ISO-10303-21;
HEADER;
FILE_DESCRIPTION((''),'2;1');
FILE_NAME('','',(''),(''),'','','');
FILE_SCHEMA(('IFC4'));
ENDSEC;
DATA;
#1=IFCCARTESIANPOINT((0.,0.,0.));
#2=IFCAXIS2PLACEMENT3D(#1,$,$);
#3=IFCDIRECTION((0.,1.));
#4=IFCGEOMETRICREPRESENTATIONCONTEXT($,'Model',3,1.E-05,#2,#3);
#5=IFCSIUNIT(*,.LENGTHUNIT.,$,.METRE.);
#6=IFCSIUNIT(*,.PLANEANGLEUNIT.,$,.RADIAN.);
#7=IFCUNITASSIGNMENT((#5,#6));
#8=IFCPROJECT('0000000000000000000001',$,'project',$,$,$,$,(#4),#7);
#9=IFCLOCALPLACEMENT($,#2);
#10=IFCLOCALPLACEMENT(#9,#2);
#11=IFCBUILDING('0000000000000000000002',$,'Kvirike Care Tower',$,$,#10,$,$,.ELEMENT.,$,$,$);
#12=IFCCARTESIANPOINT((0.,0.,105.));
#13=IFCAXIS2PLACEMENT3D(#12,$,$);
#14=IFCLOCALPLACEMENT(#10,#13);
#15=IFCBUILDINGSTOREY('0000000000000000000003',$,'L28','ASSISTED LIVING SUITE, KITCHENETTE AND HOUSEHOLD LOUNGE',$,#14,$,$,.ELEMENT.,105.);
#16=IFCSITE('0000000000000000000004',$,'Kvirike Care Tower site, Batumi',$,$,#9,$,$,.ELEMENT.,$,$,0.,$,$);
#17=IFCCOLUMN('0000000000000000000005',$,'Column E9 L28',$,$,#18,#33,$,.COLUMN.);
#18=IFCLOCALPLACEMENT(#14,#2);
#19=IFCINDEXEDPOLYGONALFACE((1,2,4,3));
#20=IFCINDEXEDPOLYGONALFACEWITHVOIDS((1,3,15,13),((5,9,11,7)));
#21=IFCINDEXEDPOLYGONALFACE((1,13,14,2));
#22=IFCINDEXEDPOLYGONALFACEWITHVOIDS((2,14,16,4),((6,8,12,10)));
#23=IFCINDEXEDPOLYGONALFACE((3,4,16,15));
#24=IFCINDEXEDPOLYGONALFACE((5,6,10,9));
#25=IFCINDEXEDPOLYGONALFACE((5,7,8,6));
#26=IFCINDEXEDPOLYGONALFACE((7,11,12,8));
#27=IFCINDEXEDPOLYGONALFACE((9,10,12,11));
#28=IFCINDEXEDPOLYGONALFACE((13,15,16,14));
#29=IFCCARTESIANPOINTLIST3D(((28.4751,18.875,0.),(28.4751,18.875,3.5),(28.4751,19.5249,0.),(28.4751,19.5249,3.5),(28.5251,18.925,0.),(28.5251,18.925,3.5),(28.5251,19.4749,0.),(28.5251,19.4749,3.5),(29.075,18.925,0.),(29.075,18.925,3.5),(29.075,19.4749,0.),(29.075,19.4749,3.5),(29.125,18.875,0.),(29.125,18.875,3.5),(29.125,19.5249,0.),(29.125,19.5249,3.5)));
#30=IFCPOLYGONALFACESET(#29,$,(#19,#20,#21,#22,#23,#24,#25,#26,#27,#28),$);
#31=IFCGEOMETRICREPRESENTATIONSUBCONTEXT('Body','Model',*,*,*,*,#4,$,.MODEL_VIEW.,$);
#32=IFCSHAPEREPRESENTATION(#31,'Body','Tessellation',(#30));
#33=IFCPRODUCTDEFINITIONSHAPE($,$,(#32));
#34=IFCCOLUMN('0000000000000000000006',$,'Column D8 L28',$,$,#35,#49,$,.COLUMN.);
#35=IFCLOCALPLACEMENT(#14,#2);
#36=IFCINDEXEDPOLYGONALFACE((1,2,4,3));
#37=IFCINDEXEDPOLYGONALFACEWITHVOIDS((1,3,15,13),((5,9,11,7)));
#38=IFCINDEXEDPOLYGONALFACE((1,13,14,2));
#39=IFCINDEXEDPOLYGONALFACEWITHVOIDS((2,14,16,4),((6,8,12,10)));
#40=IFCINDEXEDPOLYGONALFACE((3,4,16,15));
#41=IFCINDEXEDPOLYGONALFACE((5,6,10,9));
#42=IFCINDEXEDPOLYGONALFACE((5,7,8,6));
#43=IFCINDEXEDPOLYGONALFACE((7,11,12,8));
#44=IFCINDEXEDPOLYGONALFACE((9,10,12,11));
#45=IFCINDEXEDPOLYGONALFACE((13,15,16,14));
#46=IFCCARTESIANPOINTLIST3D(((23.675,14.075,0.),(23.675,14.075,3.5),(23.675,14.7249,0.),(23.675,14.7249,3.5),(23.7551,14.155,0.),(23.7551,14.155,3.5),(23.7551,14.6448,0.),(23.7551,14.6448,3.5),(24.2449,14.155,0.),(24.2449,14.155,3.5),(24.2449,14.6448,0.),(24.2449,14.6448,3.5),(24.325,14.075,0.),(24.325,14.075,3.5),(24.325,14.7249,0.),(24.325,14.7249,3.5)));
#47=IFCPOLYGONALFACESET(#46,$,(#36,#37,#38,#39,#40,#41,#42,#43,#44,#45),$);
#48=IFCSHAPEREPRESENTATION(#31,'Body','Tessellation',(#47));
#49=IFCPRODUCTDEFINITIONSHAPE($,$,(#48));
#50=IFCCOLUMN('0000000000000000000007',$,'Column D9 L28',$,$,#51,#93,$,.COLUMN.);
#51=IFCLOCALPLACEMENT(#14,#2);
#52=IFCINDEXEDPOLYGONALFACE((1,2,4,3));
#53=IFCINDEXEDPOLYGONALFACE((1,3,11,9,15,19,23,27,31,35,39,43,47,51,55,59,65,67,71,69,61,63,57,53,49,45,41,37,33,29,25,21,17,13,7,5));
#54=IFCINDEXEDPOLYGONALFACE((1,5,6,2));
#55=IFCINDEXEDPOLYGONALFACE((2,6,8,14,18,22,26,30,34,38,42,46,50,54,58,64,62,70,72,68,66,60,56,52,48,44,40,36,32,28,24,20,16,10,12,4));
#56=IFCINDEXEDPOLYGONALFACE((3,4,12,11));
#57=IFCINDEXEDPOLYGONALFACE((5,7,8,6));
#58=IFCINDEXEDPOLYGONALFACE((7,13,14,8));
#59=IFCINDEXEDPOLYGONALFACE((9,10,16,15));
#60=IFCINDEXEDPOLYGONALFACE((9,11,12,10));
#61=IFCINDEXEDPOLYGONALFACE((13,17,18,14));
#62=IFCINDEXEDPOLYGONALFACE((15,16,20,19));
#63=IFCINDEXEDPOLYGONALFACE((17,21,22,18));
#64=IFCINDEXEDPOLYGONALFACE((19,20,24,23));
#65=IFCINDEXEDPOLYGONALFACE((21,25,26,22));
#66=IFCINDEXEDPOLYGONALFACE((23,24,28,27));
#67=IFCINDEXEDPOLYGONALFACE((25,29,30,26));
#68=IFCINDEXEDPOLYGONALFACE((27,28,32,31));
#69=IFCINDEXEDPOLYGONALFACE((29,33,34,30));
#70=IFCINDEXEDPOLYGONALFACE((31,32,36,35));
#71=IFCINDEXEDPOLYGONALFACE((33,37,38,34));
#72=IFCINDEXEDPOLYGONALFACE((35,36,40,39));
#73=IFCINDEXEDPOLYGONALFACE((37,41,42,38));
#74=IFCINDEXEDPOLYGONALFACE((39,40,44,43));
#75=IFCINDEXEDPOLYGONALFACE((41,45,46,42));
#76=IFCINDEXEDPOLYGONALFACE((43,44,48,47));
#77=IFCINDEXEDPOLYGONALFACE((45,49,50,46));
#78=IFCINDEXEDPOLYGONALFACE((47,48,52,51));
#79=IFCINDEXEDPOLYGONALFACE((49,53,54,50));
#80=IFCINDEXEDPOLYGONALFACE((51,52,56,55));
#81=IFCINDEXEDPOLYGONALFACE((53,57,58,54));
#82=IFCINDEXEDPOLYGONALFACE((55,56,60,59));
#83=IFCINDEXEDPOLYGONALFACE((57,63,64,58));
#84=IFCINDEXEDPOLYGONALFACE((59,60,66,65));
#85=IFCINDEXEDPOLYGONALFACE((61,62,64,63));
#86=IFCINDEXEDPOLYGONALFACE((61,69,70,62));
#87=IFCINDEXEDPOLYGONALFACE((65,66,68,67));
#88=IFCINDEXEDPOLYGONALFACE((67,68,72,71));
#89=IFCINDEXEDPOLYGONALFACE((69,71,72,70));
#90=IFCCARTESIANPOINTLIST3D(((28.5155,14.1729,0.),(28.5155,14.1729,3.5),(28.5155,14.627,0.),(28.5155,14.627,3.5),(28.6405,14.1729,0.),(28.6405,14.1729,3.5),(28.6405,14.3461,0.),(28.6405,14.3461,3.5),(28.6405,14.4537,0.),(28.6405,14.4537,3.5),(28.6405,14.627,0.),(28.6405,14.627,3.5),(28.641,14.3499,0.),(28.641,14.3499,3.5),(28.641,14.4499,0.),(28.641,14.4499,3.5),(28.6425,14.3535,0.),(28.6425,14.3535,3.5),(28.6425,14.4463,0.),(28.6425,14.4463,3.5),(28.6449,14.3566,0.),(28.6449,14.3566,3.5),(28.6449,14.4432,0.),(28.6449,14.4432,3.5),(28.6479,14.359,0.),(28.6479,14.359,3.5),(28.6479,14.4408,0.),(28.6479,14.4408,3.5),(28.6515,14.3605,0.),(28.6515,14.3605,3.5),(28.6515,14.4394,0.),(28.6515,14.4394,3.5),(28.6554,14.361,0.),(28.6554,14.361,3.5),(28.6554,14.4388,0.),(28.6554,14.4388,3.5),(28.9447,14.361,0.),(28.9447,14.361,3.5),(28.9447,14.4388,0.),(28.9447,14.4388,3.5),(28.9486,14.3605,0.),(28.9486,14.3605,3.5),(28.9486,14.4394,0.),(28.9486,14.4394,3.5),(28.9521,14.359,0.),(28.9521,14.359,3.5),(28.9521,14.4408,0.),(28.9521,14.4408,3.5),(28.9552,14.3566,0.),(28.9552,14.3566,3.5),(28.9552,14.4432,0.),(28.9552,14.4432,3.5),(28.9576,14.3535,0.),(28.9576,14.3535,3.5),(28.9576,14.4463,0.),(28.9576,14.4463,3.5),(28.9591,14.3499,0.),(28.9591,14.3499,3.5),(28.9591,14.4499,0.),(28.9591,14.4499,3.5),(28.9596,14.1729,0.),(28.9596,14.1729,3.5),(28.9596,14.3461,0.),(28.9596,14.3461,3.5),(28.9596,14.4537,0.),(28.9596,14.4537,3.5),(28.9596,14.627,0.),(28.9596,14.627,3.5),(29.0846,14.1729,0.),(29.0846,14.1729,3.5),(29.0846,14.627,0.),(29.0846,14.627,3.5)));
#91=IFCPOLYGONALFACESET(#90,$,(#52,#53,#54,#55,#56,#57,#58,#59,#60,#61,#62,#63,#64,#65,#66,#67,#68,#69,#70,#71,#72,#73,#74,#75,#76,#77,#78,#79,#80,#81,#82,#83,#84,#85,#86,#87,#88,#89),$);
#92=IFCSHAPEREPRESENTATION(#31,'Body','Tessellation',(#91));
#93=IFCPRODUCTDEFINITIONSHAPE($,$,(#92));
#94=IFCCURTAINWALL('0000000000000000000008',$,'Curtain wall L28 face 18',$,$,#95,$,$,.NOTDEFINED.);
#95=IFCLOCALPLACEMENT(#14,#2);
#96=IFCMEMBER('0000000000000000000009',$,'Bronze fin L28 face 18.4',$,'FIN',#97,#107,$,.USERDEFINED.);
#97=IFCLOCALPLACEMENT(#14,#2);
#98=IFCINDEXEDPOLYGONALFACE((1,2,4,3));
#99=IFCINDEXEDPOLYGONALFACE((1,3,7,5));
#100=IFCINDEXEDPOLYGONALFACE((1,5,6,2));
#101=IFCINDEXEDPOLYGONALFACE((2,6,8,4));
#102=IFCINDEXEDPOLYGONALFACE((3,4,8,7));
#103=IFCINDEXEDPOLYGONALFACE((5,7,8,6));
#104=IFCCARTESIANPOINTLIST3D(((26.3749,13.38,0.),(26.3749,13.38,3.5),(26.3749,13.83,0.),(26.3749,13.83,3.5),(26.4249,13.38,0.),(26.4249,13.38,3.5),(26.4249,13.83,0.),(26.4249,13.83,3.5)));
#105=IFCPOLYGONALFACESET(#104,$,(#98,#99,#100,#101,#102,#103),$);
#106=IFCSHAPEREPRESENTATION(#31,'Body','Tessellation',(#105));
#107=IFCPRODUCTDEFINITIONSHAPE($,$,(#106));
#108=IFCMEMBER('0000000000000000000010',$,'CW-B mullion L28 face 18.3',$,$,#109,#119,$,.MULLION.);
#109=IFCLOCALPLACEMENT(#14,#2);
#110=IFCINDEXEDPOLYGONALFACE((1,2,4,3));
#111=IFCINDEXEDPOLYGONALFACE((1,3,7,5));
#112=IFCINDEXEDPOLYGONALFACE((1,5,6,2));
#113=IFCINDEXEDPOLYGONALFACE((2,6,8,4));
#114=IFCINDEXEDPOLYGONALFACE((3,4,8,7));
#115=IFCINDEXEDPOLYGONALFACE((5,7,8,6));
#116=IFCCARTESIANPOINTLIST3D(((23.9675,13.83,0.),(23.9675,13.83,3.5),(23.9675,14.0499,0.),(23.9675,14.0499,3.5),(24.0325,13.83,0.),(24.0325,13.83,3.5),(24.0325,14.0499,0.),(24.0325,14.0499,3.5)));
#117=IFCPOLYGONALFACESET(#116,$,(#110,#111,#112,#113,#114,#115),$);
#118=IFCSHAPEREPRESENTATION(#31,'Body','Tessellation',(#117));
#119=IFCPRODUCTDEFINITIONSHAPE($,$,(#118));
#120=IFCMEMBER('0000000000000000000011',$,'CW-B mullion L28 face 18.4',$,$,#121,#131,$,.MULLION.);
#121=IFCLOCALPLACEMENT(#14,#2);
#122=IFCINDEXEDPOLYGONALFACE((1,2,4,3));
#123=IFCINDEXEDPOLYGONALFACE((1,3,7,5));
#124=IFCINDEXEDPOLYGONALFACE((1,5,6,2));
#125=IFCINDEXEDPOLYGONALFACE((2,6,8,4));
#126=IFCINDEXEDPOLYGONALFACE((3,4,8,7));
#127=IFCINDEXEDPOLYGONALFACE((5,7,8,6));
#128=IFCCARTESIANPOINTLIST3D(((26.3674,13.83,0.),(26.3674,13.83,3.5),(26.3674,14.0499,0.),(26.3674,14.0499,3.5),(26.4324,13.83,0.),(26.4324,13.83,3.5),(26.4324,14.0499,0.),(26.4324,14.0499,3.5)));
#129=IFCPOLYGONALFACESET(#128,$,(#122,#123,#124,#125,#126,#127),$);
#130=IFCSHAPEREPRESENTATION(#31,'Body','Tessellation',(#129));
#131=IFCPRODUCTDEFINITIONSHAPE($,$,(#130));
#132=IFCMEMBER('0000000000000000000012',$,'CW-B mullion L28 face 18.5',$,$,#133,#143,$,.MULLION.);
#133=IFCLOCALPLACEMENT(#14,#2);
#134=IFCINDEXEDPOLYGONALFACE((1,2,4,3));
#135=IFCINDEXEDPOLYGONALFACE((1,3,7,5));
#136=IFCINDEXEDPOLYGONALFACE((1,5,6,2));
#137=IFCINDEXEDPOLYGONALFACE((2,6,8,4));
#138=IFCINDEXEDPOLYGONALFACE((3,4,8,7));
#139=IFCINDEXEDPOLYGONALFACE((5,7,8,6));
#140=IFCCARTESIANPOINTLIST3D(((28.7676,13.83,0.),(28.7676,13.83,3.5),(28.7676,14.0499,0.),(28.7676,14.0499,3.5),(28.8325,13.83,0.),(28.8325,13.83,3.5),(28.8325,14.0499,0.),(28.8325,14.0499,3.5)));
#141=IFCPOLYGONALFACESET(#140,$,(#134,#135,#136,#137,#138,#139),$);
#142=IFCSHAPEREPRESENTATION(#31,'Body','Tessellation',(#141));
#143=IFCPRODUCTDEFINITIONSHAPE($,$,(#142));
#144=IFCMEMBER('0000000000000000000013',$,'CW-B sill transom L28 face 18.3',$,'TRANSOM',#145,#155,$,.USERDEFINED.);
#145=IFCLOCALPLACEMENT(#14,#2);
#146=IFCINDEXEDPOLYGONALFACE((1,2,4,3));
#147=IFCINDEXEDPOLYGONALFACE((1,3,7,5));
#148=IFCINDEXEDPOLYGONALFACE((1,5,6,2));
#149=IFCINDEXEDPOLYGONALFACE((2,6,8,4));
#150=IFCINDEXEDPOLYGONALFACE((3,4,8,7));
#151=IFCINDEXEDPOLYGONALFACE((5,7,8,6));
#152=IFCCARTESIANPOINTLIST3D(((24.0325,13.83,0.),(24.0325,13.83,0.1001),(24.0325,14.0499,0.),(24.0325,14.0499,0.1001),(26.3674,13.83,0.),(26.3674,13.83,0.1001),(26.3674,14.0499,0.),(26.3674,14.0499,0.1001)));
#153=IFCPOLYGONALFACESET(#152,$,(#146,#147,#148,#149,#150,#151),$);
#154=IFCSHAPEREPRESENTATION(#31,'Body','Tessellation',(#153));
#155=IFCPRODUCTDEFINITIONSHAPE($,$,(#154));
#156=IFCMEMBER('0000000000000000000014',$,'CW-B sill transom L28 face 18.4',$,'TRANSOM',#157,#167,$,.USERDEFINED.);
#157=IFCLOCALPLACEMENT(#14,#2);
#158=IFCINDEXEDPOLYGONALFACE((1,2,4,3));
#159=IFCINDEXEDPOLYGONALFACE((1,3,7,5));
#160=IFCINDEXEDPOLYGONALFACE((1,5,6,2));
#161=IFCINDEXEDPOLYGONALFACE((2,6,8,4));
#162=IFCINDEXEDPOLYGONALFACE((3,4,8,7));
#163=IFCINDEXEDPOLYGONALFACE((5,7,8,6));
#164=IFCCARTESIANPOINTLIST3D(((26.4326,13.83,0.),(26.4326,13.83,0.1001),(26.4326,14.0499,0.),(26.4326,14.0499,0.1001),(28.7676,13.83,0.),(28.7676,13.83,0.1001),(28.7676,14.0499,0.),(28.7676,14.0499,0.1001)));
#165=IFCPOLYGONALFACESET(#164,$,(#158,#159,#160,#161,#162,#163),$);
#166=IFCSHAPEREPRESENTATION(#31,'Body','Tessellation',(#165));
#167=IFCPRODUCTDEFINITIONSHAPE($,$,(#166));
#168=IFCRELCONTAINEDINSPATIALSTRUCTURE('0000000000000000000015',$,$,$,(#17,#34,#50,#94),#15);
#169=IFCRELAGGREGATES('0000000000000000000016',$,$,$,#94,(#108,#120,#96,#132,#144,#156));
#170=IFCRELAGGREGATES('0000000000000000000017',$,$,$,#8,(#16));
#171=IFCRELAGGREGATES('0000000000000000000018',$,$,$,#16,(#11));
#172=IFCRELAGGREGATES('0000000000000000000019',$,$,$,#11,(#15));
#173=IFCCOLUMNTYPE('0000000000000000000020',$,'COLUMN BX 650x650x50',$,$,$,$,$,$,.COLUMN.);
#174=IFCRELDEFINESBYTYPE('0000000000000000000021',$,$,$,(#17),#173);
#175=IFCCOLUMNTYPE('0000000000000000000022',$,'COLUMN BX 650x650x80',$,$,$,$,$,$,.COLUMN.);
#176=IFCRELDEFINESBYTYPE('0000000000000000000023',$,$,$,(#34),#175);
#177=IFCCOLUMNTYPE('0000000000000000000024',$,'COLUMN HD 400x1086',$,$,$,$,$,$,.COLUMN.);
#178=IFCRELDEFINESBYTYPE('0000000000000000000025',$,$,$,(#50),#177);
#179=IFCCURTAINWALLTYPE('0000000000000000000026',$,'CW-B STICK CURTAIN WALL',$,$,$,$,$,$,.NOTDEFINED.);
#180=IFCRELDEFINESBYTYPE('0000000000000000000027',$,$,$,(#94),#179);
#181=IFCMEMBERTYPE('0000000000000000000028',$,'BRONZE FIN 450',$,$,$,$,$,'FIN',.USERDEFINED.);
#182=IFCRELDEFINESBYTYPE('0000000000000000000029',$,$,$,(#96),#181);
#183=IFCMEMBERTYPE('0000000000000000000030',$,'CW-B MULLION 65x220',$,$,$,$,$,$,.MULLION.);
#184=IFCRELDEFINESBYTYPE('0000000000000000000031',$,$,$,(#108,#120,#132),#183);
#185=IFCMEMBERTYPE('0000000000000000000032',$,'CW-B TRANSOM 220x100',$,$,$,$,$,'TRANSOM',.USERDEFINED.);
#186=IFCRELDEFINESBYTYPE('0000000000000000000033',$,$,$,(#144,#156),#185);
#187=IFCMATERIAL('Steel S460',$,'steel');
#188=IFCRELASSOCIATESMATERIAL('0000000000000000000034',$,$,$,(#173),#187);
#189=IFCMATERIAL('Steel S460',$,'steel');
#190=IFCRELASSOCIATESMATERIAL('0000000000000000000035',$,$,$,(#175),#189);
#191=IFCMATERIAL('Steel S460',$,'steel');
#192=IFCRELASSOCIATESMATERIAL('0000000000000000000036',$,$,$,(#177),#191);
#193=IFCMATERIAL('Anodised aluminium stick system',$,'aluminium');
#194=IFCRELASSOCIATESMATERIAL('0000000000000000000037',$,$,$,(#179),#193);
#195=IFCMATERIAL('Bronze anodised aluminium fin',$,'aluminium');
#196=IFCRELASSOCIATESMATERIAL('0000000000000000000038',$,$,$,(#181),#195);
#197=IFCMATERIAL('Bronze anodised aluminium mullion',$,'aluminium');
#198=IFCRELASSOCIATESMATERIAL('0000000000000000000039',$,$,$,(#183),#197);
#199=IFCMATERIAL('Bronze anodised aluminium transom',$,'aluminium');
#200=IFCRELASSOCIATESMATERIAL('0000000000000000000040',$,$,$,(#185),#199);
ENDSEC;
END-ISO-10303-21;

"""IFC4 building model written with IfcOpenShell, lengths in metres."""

from ifc_helpers import new_model, si_unit, direction, frame, origin, origin_2d, place, context, subcontext, project, spatial, rectangle, hollow_rectangle, i_section, extrude, material, material_profile, profile_set, type_object, element, aggregate, save


model = new_model("IFC4")

# Units and contexts
model_context = context("Model", 3, precision=1e-05, world=origin(), true_north=direction((0.0, 1.0)))
body_context = subcontext(model_context, "Body", "Model", "MODEL_VIEW")
ifc_project = project(units=[si_unit("LENGTHUNIT", "METRE"), si_unit("PLANEANGLEUNIT", "RADIAN")], contexts=[model_context])

# Site, building, storey
site_placement = place(None, origin())
site = spatial("IfcSite", under=ifc_project, at=site_placement, Name="Kvirike Care Tower site, Batumi", CompositionType="ELEMENT", RefElevation=0.0)
building_placement = place(site_placement, origin())
building = spatial("IfcBuilding", under=site, at=building_placement, Name="Kvirike Care Tower", CompositionType="ELEMENT")
storey_placement = place(building_placement, frame((0.0, 0.0, 105.0)))
storey = spatial("IfcBuildingStorey", under=building, at=storey_placement, Name="L28", Description="ASSISTED LIVING SUITE, KITCHENETTE AND HOUSEHOLD LOUNGE", CompositionType="ELEMENT", Elevation=105.0)

# Columns
ifc_material_1 = material(Name="Steel S460", Category="steel")
ifc_material_profile_1 = material_profile(ifc_material_1, hollow_rectangle(XDim=0.6499, YDim=0.6499, WallThickness=0.05, at=origin_2d()), Name="BX 650x650x50")
ifc_profile_set_1 = profile_set([ifc_material_profile_1], Name="Steel S460")
column_type_1 = type_object("IfcColumnType", Name="COLUMN BX 650x650x50", PredefinedType="COLUMN", material=ifc_profile_set_1)
column_1_placement = place(storey_placement, frame((28.8, 19.2, 0.0), z_axis=(0.0, 0.0, 1.0), x_axis=(1.0, 0.0, 0.0)))
element("IfcColumn", 1, at=column_1_placement, inside=storey, type_object=column_type_1, Name="Column E9 L28", PredefinedType="COLUMN", context=body_context, shape_type="SweptSolid", body=[
    extrude(hollow_rectangle(XDim=0.6499, YDim=0.6499, WallThickness=0.05, at=origin_2d()), origin(), (0.0, 0.0, 1.0), 3.5),
])
ifc_material_2 = material(Name="Steel S460", Category="steel")
ifc_material_profile_2 = material_profile(ifc_material_2, hollow_rectangle(XDim=0.6499, YDim=0.6499, WallThickness=0.0801, at=origin_2d()), Name="BX 650x650x80")
ifc_profile_set_2 = profile_set([ifc_material_profile_2], Name="Steel S460")
column_type_2 = type_object("IfcColumnType", Name="COLUMN BX 650x650x80", PredefinedType="COLUMN", material=ifc_profile_set_2)
column_2_placement = place(storey_placement, frame((24.0, 14.3999, 0.0), z_axis=(0.0, 0.0, 1.0), x_axis=(0.0, 1.0, 0.0)))
element("IfcColumn", 2, at=column_2_placement, inside=storey, type_object=column_type_2, Name="Column D8 L28", PredefinedType="COLUMN", context=body_context, shape_type="SweptSolid", body=[
    extrude(hollow_rectangle(XDim=0.6499, YDim=0.6499, WallThickness=0.0801, at=origin_2d()), origin(), (0.0, 0.0, 1.0), 3.5),
])
ifc_material_3 = material(Name="Steel S460", Category="steel")
ifc_material_profile_3 = material_profile(ifc_material_3, i_section(OverallWidth=0.4541, OverallDepth=0.5691, WebThickness=0.0779, FlangeThickness=0.125, FilletRadius=0.0149, at=origin_2d()), Name="HD 400x1086")
ifc_profile_set_3 = profile_set([ifc_material_profile_3], Name="Steel S460")
column_type_3 = type_object("IfcColumnType", Name="COLUMN HD 400x1086", PredefinedType="COLUMN", material=ifc_profile_set_3)
column_3_placement = place(storey_placement, frame((28.8, 14.3999, 0.0), z_axis=(0.0, 0.0, 1.0), x_axis=(0.0, 1.0, 0.0)))
element("IfcColumn", 3, at=column_3_placement, inside=storey, type_object=column_type_3, Name="Column D9 L28", PredefinedType="COLUMN", context=body_context, shape_type="SweptSolid", body=[
    extrude(i_section(OverallWidth=0.4541, OverallDepth=0.5691, WebThickness=0.0779, FlangeThickness=0.125, FilletRadius=0.0149, at=origin_2d()), origin(), (0.0, 0.0, 1.0), 3.5),
])

# Curtain wall, members
ifc_material_4 = material(Name="Anodised aluminium stick system", Category="aluminium")
curtain_wall_type = type_object("IfcCurtainWallType", Name="CW-B STICK CURTAIN WALL", PredefinedType="NOTDEFINED", material=ifc_material_4)
curtain_wall_placement = place(storey_placement, origin())
curtain_wall = element("IfcCurtainWall", 4, at=curtain_wall_placement, inside=storey, type_object=curtain_wall_type, Name="Curtain wall L28 face 18", PredefinedType="NOTDEFINED")
ifc_material_5 = material(Name="Bronze anodised aluminium fin", Category="aluminium")
ifc_material_profile_4 = material_profile(ifc_material_5, rectangle(XDim=0.05, YDim=0.45, at=origin_2d()), Name="BRONZE FIN 450")
ifc_profile_set_4 = profile_set([ifc_material_profile_4], Name="Bronze anodised aluminium fin")
member_type_1 = type_object("IfcMemberType", Name="BRONZE FIN 450", ElementType="FIN", PredefinedType="USERDEFINED", material=ifc_profile_set_4)
member_1_placement = place(storey_placement, frame((26.3999, 13.605, 0.0), z_axis=(0.0, 0.0, 1.0), x_axis=(1.0, 0.0, 0.0)))
member_1 = element("IfcMember", 5, at=member_1_placement, type_object=member_type_1, Name="Bronze fin L28 face 18.4", ObjectType="FIN", PredefinedType="USERDEFINED", context=body_context, shape_type="SweptSolid", body=[
    extrude(rectangle(XDim=0.05, YDim=0.45, at=origin_2d()), origin(), (0.0, 0.0, 1.0), 3.5),
])
ifc_material_6 = material(Name="Bronze anodised aluminium mullion", Category="aluminium")
ifc_material_profile_5 = material_profile(ifc_material_6, rectangle(XDim=0.0649, YDim=0.22, at=origin_2d()), Name="CW-B MULLION 65x220")
ifc_profile_set_5 = profile_set([ifc_material_profile_5], Name="Bronze anodised aluminium mullion")
member_type_2 = type_object("IfcMemberType", Name="CW-B MULLION 65x220", PredefinedType="MULLION", material=ifc_profile_set_5)
member_2_placement = place(storey_placement, frame((24.0, 13.9399, 0.0), z_axis=(0.0, 0.0, 1.0), x_axis=(1.0, 0.0, 0.0)))
member_2 = element("IfcMember", 6, at=member_2_placement, type_object=member_type_2, Name="CW-B mullion L28 face 18.3", PredefinedType="MULLION", context=body_context, shape_type="SweptSolid", body=[
    extrude(rectangle(XDim=0.0649, YDim=0.22, at=origin_2d()), origin(), (0.0, 0.0, 1.0), 3.5),
])
member_3_placement = place(storey_placement, frame((26.3999, 13.9399, 0.0), z_axis=(0.0, 0.0, 1.0), x_axis=(1.0, 0.0, 0.0)))
member_3 = element("IfcMember", 7, at=member_3_placement, type_object=member_type_2, Name="CW-B mullion L28 face 18.4", PredefinedType="MULLION", context=body_context, shape_type="SweptSolid", body=[
    extrude(rectangle(XDim=0.0649, YDim=0.22, at=origin_2d()), origin(), (0.0, 0.0, 1.0), 3.5),
])
member_4_placement = place(storey_placement, frame((28.8, 13.9399, 0.0), z_axis=(0.0, 0.0, 1.0), x_axis=(1.0, 0.0, 0.0)))
member_4 = element("IfcMember", 8, at=member_4_placement, type_object=member_type_2, Name="CW-B mullion L28 face 18.5", PredefinedType="MULLION", context=body_context, shape_type="SweptSolid", body=[
    extrude(rectangle(XDim=0.0649, YDim=0.22, at=origin_2d()), origin(), (0.0, 0.0, 1.0), 3.5),
])
ifc_material_7 = material(Name="Bronze anodised aluminium transom", Category="aluminium")
ifc_material_profile_6 = material_profile(ifc_material_7, rectangle(XDim=0.22, YDim=0.1001, at=origin_2d()), Name="CW-B TRANSOM 220x100")
ifc_profile_set_6 = profile_set([ifc_material_profile_6], Name="Bronze anodised aluminium transom")
member_type_3 = type_object("IfcMemberType", Name="CW-B TRANSOM 220x100", ElementType="TRANSOM", PredefinedType="USERDEFINED", material=ifc_profile_set_6)
member_5_placement = place(storey_placement, frame((24.0325, 13.9399, 0.05), z_axis=(1.0, 0.0, 0.0), x_axis=(0.0, 1.0, 0.0)))
member_5 = element("IfcMember", 9, at=member_5_placement, type_object=member_type_3, Name="CW-B sill transom L28 face 18.3", ObjectType="TRANSOM", PredefinedType="USERDEFINED", context=body_context, shape_type="SweptSolid", body=[
    extrude(rectangle(XDim=0.22, YDim=0.1001, at=origin_2d()), origin(), (0.0, 0.0, 1.0), 2.335),
])
member_6_placement = place(storey_placement, frame((26.4326, 13.9399, 0.05), z_axis=(1.0, 0.0, 0.0), x_axis=(0.0, 1.0, 0.0)))
member_6 = element("IfcMember", 10, at=member_6_placement, type_object=member_type_3, Name="CW-B sill transom L28 face 18.4", ObjectType="TRANSOM", PredefinedType="USERDEFINED", context=body_context, shape_type="SweptSolid", body=[
    extrude(rectangle(XDim=0.22, YDim=0.1001, at=origin_2d()), origin(), (0.0, 0.0, 1.0), 2.335),
])

aggregate(curtain_wall, [member_2, member_3, member_1, member_4, member_5, member_6])

save(model, "model.ifc")
